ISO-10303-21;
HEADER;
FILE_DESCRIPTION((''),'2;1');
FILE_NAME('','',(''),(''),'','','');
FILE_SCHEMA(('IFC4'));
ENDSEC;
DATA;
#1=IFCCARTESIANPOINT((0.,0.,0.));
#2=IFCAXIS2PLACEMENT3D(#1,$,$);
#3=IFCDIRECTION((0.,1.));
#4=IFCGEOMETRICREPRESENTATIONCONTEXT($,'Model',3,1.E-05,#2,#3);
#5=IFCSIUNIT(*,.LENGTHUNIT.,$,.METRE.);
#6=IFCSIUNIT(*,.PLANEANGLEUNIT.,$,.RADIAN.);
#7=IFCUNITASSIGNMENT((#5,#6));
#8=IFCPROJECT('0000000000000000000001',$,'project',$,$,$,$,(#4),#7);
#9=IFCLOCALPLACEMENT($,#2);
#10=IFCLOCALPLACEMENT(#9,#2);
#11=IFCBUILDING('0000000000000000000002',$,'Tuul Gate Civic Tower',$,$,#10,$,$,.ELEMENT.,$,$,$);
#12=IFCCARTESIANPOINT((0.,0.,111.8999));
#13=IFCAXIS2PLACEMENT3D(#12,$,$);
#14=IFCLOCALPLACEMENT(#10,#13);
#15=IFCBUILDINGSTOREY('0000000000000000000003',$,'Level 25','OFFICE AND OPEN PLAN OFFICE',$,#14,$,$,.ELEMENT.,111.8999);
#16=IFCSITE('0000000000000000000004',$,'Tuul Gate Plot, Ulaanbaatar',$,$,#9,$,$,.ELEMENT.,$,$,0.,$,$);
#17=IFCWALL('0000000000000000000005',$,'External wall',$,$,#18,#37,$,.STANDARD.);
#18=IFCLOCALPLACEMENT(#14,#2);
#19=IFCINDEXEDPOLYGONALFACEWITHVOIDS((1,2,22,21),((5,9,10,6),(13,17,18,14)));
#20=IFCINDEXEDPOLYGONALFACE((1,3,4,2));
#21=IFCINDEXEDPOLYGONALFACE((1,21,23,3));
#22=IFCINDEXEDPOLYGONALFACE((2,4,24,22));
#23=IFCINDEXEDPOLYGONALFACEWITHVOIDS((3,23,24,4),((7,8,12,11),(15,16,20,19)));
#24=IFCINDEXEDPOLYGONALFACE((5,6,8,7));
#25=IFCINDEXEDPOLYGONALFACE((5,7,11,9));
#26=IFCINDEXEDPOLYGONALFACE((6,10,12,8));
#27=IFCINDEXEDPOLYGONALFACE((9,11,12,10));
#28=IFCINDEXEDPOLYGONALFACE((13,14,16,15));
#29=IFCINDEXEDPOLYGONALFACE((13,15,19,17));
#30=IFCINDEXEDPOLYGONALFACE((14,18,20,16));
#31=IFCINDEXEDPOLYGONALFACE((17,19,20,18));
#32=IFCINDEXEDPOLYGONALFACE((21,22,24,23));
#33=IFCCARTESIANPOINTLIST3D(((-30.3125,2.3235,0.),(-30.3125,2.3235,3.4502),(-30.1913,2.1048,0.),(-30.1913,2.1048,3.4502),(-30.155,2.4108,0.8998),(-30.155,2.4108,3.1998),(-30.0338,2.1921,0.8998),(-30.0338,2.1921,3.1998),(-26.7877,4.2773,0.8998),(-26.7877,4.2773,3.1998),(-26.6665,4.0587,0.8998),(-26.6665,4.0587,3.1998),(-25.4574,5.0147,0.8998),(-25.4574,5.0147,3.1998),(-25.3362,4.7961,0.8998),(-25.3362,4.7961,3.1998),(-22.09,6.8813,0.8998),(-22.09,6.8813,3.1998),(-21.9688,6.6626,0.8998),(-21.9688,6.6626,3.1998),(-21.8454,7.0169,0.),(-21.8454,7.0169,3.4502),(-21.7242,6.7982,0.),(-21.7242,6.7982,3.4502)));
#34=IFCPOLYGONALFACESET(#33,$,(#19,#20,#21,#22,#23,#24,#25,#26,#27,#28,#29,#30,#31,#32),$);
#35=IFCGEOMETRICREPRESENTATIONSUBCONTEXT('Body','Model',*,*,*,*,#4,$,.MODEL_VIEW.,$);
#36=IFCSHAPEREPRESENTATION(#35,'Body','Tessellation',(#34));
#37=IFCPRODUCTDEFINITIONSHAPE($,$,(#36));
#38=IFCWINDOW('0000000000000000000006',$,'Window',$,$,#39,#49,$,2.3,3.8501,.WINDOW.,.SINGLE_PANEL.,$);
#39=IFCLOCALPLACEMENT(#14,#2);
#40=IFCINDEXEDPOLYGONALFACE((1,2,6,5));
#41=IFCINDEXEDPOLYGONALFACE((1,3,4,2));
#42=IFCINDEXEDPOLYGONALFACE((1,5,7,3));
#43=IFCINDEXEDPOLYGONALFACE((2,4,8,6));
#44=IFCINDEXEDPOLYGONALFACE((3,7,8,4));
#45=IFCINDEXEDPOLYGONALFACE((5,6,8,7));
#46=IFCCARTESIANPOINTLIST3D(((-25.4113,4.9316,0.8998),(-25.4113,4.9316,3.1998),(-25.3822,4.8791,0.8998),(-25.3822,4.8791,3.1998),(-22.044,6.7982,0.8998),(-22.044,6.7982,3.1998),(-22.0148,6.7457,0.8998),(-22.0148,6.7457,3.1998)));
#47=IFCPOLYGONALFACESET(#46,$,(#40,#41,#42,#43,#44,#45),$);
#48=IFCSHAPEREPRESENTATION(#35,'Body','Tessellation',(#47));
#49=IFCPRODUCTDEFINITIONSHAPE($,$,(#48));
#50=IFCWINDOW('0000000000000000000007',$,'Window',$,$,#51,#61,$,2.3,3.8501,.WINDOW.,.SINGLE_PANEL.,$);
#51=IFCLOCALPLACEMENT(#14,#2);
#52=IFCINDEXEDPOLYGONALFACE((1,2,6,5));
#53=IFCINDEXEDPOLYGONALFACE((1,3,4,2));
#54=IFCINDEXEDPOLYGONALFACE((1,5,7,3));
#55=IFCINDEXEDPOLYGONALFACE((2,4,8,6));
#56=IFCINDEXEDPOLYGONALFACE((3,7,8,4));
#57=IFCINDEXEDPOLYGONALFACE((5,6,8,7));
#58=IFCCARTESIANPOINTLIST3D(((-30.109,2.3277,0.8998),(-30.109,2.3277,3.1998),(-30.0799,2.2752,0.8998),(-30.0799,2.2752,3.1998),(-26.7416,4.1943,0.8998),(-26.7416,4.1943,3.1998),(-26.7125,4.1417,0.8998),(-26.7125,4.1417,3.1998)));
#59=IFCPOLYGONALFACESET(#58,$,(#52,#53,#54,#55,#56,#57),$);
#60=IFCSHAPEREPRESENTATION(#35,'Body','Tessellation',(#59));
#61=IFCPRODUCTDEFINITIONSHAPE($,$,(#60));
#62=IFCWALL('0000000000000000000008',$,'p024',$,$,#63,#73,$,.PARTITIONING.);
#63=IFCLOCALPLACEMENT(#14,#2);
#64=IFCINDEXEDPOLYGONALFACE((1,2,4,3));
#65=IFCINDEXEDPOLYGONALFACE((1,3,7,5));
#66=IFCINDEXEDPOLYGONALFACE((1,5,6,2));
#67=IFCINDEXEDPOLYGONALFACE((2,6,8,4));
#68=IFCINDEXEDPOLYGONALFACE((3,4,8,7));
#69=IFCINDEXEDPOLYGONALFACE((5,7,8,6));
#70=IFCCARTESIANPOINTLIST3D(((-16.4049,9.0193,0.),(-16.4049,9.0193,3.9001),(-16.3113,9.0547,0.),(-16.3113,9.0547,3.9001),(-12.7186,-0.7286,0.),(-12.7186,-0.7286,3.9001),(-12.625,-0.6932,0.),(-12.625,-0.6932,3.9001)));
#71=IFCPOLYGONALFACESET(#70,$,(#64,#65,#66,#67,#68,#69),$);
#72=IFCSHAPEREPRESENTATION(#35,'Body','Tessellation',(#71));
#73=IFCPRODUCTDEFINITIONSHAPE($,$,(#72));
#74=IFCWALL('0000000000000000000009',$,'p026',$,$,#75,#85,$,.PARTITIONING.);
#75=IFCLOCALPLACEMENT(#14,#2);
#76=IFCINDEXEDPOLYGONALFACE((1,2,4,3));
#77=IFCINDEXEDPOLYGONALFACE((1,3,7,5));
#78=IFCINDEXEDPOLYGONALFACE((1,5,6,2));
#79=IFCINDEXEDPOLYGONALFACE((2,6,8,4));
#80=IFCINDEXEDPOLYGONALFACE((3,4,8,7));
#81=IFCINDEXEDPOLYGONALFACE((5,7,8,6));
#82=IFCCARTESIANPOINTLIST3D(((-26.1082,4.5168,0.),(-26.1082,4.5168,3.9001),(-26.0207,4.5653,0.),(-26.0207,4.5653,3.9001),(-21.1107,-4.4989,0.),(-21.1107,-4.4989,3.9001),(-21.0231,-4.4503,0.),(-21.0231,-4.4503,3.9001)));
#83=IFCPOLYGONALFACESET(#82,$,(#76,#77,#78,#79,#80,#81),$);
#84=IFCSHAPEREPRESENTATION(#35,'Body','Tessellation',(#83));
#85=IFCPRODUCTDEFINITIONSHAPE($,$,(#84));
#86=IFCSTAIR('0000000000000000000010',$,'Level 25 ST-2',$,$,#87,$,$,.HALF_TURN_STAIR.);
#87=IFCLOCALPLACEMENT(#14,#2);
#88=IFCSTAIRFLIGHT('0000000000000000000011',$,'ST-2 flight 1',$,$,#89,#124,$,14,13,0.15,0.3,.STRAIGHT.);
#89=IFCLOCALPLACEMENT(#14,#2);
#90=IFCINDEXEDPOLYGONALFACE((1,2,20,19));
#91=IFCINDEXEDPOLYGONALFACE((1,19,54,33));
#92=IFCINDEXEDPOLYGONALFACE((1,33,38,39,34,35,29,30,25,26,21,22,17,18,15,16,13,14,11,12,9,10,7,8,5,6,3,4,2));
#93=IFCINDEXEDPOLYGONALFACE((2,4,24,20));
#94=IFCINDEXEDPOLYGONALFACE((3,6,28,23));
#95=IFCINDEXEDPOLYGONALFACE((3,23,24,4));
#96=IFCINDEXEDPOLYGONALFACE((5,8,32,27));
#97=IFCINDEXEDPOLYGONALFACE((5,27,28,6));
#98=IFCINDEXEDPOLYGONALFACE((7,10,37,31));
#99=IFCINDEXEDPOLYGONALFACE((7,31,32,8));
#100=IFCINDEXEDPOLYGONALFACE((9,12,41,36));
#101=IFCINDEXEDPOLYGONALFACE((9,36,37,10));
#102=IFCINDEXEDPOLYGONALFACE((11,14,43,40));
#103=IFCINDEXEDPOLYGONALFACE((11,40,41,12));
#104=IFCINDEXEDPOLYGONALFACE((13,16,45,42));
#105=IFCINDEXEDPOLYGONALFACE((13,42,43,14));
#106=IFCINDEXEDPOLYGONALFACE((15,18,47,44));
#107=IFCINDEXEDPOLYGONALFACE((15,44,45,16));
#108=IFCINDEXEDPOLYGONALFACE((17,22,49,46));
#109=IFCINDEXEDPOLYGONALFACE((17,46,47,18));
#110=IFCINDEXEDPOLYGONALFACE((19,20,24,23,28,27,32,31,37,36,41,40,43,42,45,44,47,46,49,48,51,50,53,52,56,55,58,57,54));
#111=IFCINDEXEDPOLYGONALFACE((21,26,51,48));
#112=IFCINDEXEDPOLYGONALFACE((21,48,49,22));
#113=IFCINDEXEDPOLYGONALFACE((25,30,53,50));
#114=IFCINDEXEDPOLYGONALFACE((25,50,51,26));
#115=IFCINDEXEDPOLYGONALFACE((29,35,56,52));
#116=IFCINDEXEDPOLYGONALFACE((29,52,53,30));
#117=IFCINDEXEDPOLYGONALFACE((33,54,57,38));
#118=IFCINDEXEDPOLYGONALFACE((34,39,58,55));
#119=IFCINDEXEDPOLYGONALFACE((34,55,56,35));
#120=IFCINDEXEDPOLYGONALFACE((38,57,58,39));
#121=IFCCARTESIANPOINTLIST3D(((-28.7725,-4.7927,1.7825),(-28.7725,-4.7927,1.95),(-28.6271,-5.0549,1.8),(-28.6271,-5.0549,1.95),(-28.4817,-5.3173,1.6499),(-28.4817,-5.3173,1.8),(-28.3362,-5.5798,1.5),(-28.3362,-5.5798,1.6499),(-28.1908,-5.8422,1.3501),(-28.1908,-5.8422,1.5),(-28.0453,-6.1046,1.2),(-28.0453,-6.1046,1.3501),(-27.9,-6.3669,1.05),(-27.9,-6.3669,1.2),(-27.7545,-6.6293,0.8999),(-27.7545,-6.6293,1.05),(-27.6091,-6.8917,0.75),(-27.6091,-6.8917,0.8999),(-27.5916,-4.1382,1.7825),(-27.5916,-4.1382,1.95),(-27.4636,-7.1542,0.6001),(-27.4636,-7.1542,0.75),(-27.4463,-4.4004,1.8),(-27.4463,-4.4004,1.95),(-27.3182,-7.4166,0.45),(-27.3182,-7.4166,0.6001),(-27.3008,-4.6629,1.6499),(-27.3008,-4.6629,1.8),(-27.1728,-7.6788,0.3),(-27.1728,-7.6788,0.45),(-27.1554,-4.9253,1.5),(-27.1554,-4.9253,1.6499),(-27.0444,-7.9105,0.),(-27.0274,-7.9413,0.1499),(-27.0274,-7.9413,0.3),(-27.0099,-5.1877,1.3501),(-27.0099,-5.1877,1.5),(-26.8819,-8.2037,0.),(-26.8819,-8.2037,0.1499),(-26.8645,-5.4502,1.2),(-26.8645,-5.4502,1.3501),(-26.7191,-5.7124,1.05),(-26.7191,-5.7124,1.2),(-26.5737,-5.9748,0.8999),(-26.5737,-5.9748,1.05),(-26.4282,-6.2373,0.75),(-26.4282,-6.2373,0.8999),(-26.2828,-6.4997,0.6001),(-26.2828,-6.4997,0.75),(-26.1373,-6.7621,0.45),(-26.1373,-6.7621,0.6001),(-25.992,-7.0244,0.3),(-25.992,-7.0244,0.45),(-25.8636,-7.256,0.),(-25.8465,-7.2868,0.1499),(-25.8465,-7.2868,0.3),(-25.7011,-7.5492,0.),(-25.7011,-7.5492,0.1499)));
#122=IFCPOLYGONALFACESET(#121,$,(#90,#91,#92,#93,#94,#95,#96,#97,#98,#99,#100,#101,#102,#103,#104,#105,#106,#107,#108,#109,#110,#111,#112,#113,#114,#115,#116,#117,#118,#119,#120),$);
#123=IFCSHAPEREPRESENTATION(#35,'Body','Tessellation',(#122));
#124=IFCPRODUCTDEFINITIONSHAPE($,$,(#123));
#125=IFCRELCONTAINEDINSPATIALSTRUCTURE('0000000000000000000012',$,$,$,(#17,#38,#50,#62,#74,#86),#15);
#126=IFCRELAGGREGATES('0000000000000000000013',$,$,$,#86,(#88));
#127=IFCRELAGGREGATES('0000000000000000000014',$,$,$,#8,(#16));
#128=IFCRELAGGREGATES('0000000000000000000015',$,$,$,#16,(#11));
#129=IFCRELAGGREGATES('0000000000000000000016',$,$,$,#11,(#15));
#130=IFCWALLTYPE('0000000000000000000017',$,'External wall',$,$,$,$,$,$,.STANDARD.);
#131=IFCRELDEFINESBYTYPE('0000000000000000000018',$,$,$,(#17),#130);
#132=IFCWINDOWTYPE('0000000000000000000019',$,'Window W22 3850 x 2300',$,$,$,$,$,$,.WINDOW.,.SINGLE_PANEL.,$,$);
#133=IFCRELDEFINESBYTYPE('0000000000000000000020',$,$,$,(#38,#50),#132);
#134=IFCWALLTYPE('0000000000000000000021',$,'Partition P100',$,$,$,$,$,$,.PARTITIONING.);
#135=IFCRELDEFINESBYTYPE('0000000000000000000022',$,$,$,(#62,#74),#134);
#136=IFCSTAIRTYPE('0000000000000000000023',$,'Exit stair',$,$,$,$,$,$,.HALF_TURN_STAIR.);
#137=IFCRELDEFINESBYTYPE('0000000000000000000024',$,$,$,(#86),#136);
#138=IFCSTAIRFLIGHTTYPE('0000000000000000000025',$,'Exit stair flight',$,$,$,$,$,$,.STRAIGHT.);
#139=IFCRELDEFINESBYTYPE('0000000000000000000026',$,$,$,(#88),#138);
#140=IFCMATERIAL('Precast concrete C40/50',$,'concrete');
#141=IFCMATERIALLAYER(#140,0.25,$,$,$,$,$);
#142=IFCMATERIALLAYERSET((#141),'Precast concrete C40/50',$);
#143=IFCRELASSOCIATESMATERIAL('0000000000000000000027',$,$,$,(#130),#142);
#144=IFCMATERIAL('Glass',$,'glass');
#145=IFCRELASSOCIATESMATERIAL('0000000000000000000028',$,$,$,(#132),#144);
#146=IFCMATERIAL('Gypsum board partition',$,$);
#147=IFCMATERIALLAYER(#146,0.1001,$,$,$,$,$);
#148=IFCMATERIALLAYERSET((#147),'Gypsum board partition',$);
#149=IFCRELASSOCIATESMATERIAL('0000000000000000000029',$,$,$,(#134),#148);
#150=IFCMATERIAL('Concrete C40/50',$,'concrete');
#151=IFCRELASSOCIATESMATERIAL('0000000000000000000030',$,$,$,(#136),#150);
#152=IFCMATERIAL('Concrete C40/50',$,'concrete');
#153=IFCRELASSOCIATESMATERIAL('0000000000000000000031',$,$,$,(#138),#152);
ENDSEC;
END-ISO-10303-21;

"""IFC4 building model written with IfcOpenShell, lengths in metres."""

from ifc_helpers import new_model, si_unit, direction, frame, frame_2d, origin, place, context, subcontext, project, spatial, polyline, rectangle, outline, extrude, material, layer, layer_set, type_object, element, fill, aggregate, save


model = new_model("IFC4")

# Units and contexts
model_context = context("Model", 3, precision=1e-05, world=origin(), true_north=direction((0.0, 1.0)))
body_context = subcontext(model_context, "Body", "Model", "MODEL_VIEW")
ifc_project = project(units=[si_unit("LENGTHUNIT", "METRE"), si_unit("PLANEANGLEUNIT", "RADIAN")], contexts=[model_context])

# Site, building, storey
site_placement = place(None, origin())
site = spatial("IfcSite", under=ifc_project, at=site_placement, Name="Tuul Gate Plot, Ulaanbaatar", CompositionType="ELEMENT", RefElevation=0.0)
building_placement = place(site_placement, origin())
building = spatial("IfcBuilding", under=site, at=building_placement, Name="Tuul Gate Civic Tower", CompositionType="ELEMENT")
storey_placement = place(building_placement, frame((0.0, 0.0, 111.8999)))
storey = spatial("IfcBuildingStorey", under=building, at=storey_placement, Name="Level 25", Description="OFFICE AND OPEN PLAN OFFICE", CompositionType="ELEMENT", Elevation=111.8999)

# Wall, openings, windows
ifc_material_1 = material(Name="Precast concrete C40/50", Category="concrete")
ifc_layer_1 = layer(ifc_material_1, 0.25)
ifc_layer_set_1 = layer_set([ifc_layer_1], Name="Precast concrete C40/50")
wall_type_1 = type_object("IfcWallType", Name="External wall", PredefinedType="STANDARD", material=ifc_layer_set_1)
ifc_material_2 = material(Name="Glass", Category="glass")
window_type = type_object("IfcWindowType", Name="Window W22 3850 x 2300", PartitioningType="SINGLE_PANEL", PredefinedType="WINDOW", material=ifc_material_2)
wall_1_placement = place(storey_placement, frame((-21.7849, 6.9075, 0.0), z_axis=(0.0, 0.0, 1.0), x_axis=(-0.87462, -0.48481, 0.0)))
wall_1 = element("IfcWall", 1, at=wall_1_placement, inside=storey, type_object=wall_type_1, Name="External wall", PredefinedType="STANDARD", context=body_context, shape_type="SweptSolid", body=[
    extrude(rectangle(XDim=9.6809, YDim=0.25, at=frame_2d((4.8403, 0.0))), origin(), (0.0, 0.0, 1.0), 3.4502),
])
opening_1_placement = place(wall_1_placement, frame((0.2795, 0.0, 0.8999)))
opening_1 = element("IfcOpeningElement", 2, at=opening_1_placement, cuts=wall_1, PredefinedType="OPENING", context=body_context, shape_type="SweptSolid", body=[
    extrude(rectangle(XDim=3.8501, YDim=2.3, at=frame_2d((1.925, 1.1499))), frame((0.0, 0.135, 0.0), z_axis=(0.0, -1.0, 0.0), x_axis=(1.0, 0.0, 0.0)), (0.0, 0.0, 1.0), 0.27),
])
opening_2_placement = place(wall_1_placement, frame((5.6506, 0.0, 0.8999)))
opening_2 = element("IfcOpeningElement", 3, at=opening_2_placement, cuts=wall_1, PredefinedType="OPENING", context=body_context, shape_type="SweptSolid", body=[
    extrude(rectangle(XDim=3.8501, YDim=2.3, at=frame_2d((1.925, 1.1499))), frame((0.0, 0.135, 0.0), z_axis=(0.0, -1.0, 0.0), x_axis=(1.0, 0.0, 0.0)), (0.0, 0.0, 1.0), 0.27),
])
window_1_placement = place(opening_1_placement, origin())
window_1 = element("IfcWindow", 4, at=window_1_placement, inside=storey, type_object=window_type, Name="Window", OverallHeight=2.3, OverallWidth=3.8501, PartitioningType="SINGLE_PANEL", PredefinedType="WINDOW", context=body_context, shape_type="SweptSolid", body=[
    extrude(rectangle(XDim=3.8501, YDim=2.3, at=frame_2d((1.925, 1.1499))), frame((0.0, 0.03, 0.0), z_axis=(0.0, -1.0, 0.0), x_axis=(1.0, 0.0, 0.0)), (0.0, 0.0, 1.0), 0.0601),
])
fill(opening_1, window_1)
window_2_placement = place(opening_2_placement, origin())
window_2 = element("IfcWindow", 5, at=window_2_placement, inside=storey, type_object=window_type, Name="Window", OverallHeight=2.3, OverallWidth=3.8501, PartitioningType="SINGLE_PANEL", PredefinedType="WINDOW", context=body_context, shape_type="SweptSolid", body=[
    extrude(rectangle(XDim=3.8501, YDim=2.3, at=frame_2d((1.925, 1.1499))), frame((0.0, 0.03, 0.0), z_axis=(0.0, -1.0, 0.0), x_axis=(1.0, 0.0, 0.0)), (0.0, 0.0, 1.0), 0.0601),
])
fill(opening_2, window_2)

# Walls
ifc_material_3 = material(Name="Gypsum board partition")
ifc_layer_2 = layer(ifc_material_3, 0.1001)
ifc_layer_set_2 = layer_set([ifc_layer_2], Name="Gypsum board partition")
wall_type_2 = type_object("IfcWallType", Name="Partition P100", PredefinedType="PARTITIONING", material=ifc_layer_set_2)
wall_2_placement = place(storey_placement, frame((-16.3582, 9.0371, 0.0), z_axis=(0.0, 0.0, 1.0), x_axis=(0.353718, -0.935352, 0.0)))
element("IfcWall", 6, at=wall_2_placement, inside=storey, type_object=wall_type_2, Name="p024", PredefinedType="PARTITIONING", context=body_context, shape_type="SweptSolid", body=[
    extrude(rectangle(XDim=10.4216, YDim=0.1001, at=frame_2d((5.2109, 0.0))), origin(), (0.0, 0.0, 1.0), 3.9001),
])
wall_3_placement = place(storey_placement, frame((-26.0645, 4.541, 0.0), z_axis=(0.0, 0.0, 1.0), x_axis=(0.484818, -0.874615, 0.0)))
element("IfcWall", 7, at=wall_3_placement, inside=storey, type_object=wall_type_2, Name="p026", PredefinedType="PARTITIONING", context=body_context, shape_type="SweptSolid", body=[
    extrude(rectangle(XDim=10.3081, YDim=0.1001, at=frame_2d((5.1541, 0.0))), origin(), (0.0, 0.0, 1.0), 3.9001),
])

# Stair, stair flight
ifc_material_4 = material(Name="Concrete C40/50", Category="concrete")
stair_type = type_object("IfcStairType", Name="Exit stair", PredefinedType="HALF_TURN_STAIR", material=ifc_material_4)
stair_placement = place(storey_placement, origin())
stair = element("IfcStair", 8, at=stair_placement, inside=storey, type_object=stair_type, Name="Level 25 ST-2", PredefinedType="HALF_TURN_STAIR")
ifc_material_5 = material(Name="Concrete C40/50", Category="concrete")
stair_flight_type = type_object("IfcStairFlightType", Name="Exit stair flight", PredefinedType="STRAIGHT", material=ifc_material_5)
stair_flight_placement = place(storey_placement, frame((-26.2915, -7.8765, 0.0), z_axis=(0.0, 0.0, 1.0), x_axis=(-0.484762, 0.874646, 0.0)))
stair_flight = element("IfcStairFlight", 9, at=stair_flight_placement, type_object=stair_flight_type, Name="ST-2 flight 1", NumberOfRisers=14, NumberOfTreads=13, PredefinedType="STRAIGHT", RiserHeight=0.15, TreadLength=0.3, context=body_context, shape_type="SweptSolid", body=[
    extrude(outline(polyline([(0.0, 0.0), (0.0, 0.1499), (0.3, 0.1499), (0.3, 0.3), (0.6001, 0.3), (0.6001, 0.45), (0.8999, 0.45), (0.8999, 0.6001), (1.2, 0.6001), (1.2, 0.75), (1.5, 0.75), (1.5, 0.8999), (1.8, 0.8999), (1.8, 1.05), (2.1001, 1.05), (2.1001, 1.2), (2.3999, 1.2), (2.3999, 1.3501), (2.7, 1.3501), (2.7, 1.5), (3.0, 1.5), (3.0, 1.6499), (3.3, 1.6499), (3.3, 1.8), (3.6001, 1.8), (3.6001, 1.95), (3.8999, 1.95), (3.8999, 2.1001), (3.8999, 1.7825), (0.3352, 0.0), (0.0, 0.0)])), frame((0.0, 0.675, 0.0), z_axis=(0.0, -1.0, 0.0), x_axis=(1.0, 0.0, 0.0)), (0.0, 0.0, 1.0), 1.3501),
])
aggregate(stair, [stair_flight])

save(model, "model.ifc")
